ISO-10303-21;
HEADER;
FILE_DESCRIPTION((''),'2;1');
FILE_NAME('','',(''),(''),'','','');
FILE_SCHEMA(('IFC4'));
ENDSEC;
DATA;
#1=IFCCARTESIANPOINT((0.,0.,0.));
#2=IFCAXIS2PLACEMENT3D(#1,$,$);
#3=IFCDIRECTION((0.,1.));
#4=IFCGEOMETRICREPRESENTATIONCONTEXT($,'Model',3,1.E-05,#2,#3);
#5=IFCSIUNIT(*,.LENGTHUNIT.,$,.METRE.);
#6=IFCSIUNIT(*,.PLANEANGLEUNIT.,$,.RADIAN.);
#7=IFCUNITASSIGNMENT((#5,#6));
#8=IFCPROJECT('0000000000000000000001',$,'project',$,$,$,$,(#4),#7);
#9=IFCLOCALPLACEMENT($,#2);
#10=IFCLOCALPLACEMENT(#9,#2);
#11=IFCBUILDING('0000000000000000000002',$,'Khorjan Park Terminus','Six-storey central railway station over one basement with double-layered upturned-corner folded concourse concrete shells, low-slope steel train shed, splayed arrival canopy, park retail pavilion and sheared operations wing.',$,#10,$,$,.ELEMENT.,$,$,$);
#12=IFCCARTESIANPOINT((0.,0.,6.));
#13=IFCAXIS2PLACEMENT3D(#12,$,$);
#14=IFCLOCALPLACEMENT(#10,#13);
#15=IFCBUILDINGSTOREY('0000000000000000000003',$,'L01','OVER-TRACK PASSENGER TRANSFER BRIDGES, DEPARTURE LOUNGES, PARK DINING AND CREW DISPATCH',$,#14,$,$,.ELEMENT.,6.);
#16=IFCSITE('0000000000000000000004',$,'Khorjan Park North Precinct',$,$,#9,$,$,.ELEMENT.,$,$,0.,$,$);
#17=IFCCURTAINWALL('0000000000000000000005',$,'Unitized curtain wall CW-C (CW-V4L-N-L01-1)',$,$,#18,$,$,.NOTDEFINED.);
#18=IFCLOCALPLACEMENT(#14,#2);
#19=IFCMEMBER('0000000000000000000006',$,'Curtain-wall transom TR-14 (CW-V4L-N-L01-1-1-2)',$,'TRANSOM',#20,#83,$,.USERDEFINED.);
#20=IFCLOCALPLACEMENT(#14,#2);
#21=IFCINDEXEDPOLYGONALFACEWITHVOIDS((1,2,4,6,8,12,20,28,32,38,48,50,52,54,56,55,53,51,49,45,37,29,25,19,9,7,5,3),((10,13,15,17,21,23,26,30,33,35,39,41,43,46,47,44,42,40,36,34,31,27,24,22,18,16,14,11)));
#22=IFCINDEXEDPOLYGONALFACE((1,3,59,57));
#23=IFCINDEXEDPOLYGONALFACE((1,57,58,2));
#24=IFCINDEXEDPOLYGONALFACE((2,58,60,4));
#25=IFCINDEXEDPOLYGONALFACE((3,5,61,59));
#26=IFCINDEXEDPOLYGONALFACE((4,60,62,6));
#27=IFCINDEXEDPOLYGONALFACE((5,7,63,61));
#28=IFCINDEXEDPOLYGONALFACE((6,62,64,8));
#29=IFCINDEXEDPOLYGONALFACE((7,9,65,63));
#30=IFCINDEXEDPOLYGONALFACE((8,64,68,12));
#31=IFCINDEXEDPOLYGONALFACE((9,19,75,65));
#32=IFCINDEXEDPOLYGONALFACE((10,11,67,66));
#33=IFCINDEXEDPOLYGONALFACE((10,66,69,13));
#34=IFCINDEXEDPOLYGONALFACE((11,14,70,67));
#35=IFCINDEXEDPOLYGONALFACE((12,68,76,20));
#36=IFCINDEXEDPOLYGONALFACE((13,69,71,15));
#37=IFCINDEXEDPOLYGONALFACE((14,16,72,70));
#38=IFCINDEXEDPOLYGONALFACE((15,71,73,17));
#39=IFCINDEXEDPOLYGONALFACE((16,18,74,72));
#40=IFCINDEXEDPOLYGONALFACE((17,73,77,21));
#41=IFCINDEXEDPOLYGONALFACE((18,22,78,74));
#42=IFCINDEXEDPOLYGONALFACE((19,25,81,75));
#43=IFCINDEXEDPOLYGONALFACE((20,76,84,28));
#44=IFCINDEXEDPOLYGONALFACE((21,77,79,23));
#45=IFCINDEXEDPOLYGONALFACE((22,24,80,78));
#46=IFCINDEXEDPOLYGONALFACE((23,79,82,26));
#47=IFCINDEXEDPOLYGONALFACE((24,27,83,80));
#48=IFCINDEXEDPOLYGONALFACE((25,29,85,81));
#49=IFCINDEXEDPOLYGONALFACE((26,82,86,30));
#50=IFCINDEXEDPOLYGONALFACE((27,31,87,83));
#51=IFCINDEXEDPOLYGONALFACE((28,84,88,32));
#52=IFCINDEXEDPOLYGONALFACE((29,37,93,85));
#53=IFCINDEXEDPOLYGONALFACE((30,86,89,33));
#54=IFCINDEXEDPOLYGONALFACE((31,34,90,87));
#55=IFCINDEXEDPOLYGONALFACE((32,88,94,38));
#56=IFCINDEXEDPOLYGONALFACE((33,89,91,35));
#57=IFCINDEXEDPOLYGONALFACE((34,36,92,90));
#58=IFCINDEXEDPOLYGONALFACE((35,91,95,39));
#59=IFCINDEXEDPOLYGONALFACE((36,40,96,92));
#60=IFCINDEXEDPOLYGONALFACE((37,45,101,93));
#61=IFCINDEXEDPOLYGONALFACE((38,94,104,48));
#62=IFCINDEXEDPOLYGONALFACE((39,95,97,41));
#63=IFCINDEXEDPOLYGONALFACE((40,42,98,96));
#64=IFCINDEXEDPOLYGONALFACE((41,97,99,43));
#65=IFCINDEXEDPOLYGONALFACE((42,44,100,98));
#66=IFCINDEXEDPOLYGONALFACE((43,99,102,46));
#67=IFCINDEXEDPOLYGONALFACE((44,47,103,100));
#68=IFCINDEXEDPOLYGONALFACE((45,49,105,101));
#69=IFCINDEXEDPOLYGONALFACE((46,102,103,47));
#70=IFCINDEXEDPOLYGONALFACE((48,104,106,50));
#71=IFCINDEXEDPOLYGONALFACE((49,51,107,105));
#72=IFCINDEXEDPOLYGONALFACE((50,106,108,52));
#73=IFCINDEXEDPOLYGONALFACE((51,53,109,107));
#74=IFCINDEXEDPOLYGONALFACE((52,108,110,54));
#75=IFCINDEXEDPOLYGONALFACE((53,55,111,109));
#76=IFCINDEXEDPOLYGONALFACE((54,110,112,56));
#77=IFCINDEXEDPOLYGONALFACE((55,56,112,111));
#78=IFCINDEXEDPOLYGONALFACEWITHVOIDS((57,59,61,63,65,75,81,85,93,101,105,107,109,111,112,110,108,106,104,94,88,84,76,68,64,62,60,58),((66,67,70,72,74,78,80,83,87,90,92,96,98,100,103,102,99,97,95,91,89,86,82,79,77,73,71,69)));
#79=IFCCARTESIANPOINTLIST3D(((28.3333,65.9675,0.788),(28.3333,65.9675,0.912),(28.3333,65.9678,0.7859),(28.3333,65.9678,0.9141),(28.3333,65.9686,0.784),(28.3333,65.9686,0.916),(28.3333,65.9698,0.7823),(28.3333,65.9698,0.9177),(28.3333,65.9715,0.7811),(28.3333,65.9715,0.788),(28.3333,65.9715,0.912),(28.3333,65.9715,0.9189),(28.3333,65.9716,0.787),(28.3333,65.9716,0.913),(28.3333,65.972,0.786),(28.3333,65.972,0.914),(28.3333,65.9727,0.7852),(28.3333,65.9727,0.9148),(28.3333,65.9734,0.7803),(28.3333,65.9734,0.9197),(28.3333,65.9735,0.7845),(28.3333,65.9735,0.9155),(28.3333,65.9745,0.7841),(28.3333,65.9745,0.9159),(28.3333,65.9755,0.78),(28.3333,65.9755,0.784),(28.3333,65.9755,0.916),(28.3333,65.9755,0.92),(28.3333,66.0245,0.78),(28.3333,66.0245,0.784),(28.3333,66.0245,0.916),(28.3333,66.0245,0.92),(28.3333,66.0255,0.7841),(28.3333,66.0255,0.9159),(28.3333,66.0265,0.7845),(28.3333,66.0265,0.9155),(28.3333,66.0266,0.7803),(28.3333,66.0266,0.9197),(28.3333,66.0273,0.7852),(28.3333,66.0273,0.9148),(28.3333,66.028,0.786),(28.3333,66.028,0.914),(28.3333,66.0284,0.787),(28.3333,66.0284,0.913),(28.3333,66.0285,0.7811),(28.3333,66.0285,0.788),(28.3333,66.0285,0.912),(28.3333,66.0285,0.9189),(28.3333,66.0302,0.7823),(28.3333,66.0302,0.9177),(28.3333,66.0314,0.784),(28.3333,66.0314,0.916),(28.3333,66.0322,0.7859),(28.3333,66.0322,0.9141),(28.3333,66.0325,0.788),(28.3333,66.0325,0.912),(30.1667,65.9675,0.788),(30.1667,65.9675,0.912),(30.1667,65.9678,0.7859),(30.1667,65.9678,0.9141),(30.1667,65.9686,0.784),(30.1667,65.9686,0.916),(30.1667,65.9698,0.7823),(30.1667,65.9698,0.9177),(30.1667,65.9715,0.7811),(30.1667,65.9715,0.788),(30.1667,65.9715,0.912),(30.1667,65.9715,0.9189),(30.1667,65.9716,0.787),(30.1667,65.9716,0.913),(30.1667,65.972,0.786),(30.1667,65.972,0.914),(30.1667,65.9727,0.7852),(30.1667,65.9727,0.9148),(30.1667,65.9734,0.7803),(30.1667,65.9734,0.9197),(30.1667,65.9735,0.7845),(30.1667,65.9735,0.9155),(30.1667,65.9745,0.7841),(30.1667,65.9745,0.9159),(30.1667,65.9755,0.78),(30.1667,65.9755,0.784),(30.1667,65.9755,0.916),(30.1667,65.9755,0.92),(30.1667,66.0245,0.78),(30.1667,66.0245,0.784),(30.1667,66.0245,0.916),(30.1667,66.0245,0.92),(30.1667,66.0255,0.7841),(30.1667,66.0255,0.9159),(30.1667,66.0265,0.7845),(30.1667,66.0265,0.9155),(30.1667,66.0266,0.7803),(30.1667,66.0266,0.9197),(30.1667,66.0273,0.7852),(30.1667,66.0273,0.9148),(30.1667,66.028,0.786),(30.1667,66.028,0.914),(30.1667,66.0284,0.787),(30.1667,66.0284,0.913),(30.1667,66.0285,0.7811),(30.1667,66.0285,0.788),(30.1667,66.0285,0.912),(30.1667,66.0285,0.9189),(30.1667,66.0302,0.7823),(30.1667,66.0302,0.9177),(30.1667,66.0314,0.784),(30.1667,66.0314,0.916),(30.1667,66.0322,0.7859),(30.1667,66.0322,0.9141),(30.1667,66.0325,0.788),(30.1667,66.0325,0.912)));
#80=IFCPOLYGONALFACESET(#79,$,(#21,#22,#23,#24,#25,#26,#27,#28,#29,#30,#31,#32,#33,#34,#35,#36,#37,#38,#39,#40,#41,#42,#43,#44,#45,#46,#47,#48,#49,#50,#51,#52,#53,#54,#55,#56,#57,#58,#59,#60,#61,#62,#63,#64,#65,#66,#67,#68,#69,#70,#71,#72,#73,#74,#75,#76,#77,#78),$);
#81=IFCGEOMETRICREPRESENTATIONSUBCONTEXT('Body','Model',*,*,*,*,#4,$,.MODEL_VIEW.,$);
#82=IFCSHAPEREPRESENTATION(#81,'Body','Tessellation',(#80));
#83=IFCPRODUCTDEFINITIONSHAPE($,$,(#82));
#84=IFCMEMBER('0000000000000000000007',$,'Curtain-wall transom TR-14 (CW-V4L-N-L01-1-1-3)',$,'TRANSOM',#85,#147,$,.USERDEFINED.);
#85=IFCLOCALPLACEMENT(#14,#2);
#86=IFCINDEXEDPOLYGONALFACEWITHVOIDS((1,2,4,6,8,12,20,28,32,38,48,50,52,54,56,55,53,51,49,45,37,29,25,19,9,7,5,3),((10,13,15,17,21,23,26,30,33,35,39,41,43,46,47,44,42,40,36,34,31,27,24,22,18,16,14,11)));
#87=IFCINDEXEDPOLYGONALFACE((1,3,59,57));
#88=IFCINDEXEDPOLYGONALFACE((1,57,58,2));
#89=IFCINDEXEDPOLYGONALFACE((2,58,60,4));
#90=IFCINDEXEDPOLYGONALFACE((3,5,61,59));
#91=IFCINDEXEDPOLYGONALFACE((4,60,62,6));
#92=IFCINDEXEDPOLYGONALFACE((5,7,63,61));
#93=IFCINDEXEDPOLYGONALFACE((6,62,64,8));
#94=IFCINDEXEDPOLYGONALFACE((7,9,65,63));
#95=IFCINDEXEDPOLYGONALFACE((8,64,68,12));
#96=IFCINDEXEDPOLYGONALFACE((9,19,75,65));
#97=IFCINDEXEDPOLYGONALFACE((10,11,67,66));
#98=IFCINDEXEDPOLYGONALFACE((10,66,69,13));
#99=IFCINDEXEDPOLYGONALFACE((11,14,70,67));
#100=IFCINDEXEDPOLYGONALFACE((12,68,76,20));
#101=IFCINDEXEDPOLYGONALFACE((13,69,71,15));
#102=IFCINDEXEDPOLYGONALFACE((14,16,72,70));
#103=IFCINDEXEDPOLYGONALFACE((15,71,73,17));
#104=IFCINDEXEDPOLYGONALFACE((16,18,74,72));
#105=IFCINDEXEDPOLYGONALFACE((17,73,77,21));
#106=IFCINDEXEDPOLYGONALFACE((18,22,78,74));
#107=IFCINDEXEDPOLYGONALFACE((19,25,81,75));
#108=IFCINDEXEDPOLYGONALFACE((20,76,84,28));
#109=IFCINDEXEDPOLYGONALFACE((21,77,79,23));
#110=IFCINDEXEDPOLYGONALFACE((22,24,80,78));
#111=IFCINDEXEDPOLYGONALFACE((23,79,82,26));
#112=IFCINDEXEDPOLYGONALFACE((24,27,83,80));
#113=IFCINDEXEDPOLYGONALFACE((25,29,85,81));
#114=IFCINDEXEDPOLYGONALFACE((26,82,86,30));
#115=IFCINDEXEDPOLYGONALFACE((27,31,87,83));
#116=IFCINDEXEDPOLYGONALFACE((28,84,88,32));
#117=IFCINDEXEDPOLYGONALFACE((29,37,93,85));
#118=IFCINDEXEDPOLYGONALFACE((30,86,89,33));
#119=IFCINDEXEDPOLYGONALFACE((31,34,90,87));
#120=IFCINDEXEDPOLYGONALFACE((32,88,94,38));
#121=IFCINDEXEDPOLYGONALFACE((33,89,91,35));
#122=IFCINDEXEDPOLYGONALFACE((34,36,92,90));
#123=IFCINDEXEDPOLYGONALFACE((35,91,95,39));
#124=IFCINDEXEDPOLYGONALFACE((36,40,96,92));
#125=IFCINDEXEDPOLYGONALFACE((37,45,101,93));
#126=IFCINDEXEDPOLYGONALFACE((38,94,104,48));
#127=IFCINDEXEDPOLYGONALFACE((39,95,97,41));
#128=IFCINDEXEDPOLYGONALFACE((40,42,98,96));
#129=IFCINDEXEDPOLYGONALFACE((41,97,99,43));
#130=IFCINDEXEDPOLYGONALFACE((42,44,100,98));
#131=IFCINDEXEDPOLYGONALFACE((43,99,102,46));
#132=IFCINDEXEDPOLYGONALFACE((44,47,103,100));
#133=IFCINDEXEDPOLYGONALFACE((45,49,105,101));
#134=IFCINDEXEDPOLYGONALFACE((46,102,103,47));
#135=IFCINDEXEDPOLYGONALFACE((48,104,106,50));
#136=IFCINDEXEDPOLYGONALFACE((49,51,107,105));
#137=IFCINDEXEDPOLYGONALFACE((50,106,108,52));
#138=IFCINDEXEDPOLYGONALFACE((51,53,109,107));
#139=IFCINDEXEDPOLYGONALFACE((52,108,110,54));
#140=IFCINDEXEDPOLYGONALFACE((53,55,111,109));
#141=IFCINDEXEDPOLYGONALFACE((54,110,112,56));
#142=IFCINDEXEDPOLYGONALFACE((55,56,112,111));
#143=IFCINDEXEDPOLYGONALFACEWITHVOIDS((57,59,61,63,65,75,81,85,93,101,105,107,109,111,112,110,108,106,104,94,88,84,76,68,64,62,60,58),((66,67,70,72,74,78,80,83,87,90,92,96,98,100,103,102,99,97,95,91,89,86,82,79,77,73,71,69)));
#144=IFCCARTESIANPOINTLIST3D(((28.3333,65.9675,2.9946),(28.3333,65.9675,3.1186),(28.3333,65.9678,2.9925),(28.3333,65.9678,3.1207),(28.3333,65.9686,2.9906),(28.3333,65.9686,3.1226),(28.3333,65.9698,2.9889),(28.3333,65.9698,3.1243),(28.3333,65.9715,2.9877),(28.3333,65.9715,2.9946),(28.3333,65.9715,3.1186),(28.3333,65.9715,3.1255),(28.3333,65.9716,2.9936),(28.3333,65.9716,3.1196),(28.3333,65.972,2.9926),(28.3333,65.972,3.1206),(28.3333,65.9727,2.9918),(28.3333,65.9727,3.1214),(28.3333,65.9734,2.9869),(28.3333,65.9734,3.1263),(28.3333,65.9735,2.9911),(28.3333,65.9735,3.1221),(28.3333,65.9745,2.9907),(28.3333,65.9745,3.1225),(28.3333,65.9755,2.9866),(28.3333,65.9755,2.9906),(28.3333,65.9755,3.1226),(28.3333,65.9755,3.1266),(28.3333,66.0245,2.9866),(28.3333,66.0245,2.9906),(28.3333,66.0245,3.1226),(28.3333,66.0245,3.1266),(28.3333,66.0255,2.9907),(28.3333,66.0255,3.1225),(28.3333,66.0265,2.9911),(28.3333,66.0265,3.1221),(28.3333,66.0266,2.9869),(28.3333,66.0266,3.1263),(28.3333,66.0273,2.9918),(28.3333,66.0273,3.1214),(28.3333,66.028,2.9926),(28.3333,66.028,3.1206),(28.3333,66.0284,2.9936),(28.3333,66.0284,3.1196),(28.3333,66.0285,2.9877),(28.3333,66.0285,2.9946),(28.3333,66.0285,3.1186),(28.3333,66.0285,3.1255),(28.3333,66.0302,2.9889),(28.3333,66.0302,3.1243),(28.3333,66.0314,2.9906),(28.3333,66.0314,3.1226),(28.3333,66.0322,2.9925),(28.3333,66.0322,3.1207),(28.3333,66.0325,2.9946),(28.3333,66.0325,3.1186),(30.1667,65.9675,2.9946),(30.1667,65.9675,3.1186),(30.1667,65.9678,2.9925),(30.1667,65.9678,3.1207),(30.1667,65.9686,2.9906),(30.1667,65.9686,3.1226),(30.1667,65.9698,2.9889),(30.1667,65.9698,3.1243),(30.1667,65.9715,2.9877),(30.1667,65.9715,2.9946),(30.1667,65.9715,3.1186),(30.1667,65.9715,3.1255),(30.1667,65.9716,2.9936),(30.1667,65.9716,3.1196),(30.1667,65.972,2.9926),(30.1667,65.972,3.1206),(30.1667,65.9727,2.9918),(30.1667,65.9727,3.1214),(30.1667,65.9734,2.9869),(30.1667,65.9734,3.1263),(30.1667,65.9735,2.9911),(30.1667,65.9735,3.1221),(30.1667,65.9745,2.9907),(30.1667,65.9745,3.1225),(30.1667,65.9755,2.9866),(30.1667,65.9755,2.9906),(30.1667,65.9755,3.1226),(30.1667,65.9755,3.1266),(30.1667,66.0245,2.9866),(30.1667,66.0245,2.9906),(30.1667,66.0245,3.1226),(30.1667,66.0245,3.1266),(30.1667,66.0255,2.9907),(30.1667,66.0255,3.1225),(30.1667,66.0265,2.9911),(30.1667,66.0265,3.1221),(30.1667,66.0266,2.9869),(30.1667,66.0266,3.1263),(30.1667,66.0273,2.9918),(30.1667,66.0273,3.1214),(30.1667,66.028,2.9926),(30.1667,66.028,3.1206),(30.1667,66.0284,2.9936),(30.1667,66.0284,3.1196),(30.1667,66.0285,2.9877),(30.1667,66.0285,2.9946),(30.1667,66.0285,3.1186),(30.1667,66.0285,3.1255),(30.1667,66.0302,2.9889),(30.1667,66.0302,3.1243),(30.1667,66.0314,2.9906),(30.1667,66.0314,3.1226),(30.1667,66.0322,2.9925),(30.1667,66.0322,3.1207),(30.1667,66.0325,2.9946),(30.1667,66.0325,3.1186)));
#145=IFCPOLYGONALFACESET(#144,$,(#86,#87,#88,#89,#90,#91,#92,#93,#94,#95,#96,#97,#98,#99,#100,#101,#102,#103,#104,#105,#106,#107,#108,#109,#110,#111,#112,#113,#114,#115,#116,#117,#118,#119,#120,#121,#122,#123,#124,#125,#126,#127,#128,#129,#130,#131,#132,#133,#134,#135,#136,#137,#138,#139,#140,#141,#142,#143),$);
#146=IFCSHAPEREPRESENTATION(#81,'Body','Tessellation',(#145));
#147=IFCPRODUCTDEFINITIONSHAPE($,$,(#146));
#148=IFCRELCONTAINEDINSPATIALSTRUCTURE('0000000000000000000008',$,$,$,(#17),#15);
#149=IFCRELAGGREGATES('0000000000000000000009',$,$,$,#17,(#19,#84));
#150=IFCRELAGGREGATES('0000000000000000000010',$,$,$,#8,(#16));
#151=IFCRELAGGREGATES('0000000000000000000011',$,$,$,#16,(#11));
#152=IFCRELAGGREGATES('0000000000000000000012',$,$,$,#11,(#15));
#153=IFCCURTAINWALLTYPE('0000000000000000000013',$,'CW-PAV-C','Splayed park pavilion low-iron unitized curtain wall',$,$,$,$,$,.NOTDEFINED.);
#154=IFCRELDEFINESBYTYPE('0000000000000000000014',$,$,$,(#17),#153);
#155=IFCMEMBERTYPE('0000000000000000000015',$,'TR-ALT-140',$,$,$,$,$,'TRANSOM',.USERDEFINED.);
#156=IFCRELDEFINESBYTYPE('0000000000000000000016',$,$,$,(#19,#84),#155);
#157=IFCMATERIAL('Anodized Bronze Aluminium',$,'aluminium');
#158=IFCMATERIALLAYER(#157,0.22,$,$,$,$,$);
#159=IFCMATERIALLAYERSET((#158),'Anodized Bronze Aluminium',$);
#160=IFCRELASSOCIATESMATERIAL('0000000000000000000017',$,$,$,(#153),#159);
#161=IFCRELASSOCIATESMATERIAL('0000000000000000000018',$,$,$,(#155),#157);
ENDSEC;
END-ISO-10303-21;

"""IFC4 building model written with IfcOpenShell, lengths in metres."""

from ifc_helpers import new_model, si_unit, direction, frame, origin, origin_2d, place, context, subcontext, project, spatial, hollow_rectangle, extrude, material, layer, layer_set, material_profile, profile_set, type_object, element, aggregate, save


model = new_model("IFC4")

# Units and contexts
model_context = context("Model", 3, precision=1e-05, world=origin(), true_north=direction((0.0, 1.0)))
body_context = subcontext(model_context, "Body", "Model", "MODEL_VIEW")
ifc_project = project(units=[si_unit("LENGTHUNIT", "METRE"), si_unit("PLANEANGLEUNIT", "RADIAN")], contexts=[model_context])

# Site, building, storey
site_placement = place(None, origin())
site = spatial("IfcSite", under=ifc_project, at=site_placement, Name="Khorjan Park North Precinct", CompositionType="ELEMENT", RefElevation=0.0)
building_placement = place(site_placement, origin())
building = spatial("IfcBuilding", under=site, at=building_placement, Name="Khorjan Park Terminus", Description="Six-storey central railway station over one basement with double-layered upturned-corner folded concourse concrete shells, low-slope steel train shed, splayed arrival canopy, park retail pavilion and sheared operations wing.", CompositionType="ELEMENT")
storey_placement = place(building_placement, frame((0.0, 0.0, 6.0)))
storey = spatial("IfcBuildingStorey", under=building, at=storey_placement, Name="L01", Description="OVER-TRACK PASSENGER TRANSFER BRIDGES, DEPARTURE LOUNGES, PARK DINING AND CREW DISPATCH", CompositionType="ELEMENT", Elevation=6.0)

# Curtain wall, members
ifc_material_1 = material(Name="Anodized Bronze Aluminium", Category="aluminium")
ifc_layer_1 = layer(ifc_material_1, 0.22)
ifc_layer_set_1 = layer_set([ifc_layer_1], Name="Anodized Bronze Aluminium")
curtain_wall_type = type_object("IfcCurtainWallType", Name="CW-PAV-C", Description="Splayed park pavilion low-iron unitized curtain wall", PredefinedType="NOTDEFINED", material=ifc_layer_set_1)
curtain_wall_1_placement = place(storey_placement, origin())
curtain_wall_1 = element("IfcCurtainWall", 1, at=curtain_wall_1_placement, inside=storey, type_object=curtain_wall_type, Name="Unitized curtain wall CW-C (CW-V4L-N-L01-1)", PredefinedType="NOTDEFINED")
ifc_material_profile_1 = material_profile(ifc_material_1, hollow_rectangle(XDim=0.065, YDim=0.14, WallThickness=0.004, InnerFilletRadius=0.004, OuterFilletRadius=0.008, at=origin_2d()), Name="ALT 65x140x4")
ifc_profile_set_1 = profile_set([ifc_material_profile_1], Name="Anodized Bronze Aluminium")
member_type_1 = type_object("IfcMemberType", Name="TR-ALT-140", ElementType="TRANSOM", PredefinedType="USERDEFINED", material=ifc_profile_set_1)
member_1_placement = place(storey_placement, frame((30.1667, 66.0, 0.85), z_axis=(-1.0, 0.0, 0.0), x_axis=(0.0, -1.0, 0.0)))
member_1 = element("IfcMember", 2, at=member_1_placement, type_object=member_type_1, Name="Curtain-wall transom TR-14 (CW-V4L-N-L01-1-1-2)", ObjectType="TRANSOM", PredefinedType="USERDEFINED", context=body_context, shape_type="SweptSolid", body=[
    extrude(hollow_rectangle(XDim=0.065, YDim=0.14, WallThickness=0.004, InnerFilletRadius=0.004, OuterFilletRadius=0.008, at=origin_2d()), origin(), (0.0, 0.0, 1.0), 1.8334),
])
member_2_placement = place(storey_placement, frame((30.1667, 66.0, 3.0566), z_axis=(-1.0, 0.0, 0.0), x_axis=(0.0, -1.0, 0.0)))
member_2 = element("IfcMember", 3, at=member_2_placement, type_object=member_type_1, Name="Curtain-wall transom TR-14 (CW-V4L-N-L01-1-1-3)", ObjectType="TRANSOM", PredefinedType="USERDEFINED", context=body_context, shape_type="SweptSolid", body=[
    extrude(hollow_rectangle(XDim=0.065, YDim=0.14, WallThickness=0.004, InnerFilletRadius=0.004, OuterFilletRadius=0.008, at=origin_2d()), origin(), (0.0, 0.0, 1.0), 1.8334),
])

aggregate(curtain_wall_1, [member_1, member_2])

save(model, "model.ifc")
